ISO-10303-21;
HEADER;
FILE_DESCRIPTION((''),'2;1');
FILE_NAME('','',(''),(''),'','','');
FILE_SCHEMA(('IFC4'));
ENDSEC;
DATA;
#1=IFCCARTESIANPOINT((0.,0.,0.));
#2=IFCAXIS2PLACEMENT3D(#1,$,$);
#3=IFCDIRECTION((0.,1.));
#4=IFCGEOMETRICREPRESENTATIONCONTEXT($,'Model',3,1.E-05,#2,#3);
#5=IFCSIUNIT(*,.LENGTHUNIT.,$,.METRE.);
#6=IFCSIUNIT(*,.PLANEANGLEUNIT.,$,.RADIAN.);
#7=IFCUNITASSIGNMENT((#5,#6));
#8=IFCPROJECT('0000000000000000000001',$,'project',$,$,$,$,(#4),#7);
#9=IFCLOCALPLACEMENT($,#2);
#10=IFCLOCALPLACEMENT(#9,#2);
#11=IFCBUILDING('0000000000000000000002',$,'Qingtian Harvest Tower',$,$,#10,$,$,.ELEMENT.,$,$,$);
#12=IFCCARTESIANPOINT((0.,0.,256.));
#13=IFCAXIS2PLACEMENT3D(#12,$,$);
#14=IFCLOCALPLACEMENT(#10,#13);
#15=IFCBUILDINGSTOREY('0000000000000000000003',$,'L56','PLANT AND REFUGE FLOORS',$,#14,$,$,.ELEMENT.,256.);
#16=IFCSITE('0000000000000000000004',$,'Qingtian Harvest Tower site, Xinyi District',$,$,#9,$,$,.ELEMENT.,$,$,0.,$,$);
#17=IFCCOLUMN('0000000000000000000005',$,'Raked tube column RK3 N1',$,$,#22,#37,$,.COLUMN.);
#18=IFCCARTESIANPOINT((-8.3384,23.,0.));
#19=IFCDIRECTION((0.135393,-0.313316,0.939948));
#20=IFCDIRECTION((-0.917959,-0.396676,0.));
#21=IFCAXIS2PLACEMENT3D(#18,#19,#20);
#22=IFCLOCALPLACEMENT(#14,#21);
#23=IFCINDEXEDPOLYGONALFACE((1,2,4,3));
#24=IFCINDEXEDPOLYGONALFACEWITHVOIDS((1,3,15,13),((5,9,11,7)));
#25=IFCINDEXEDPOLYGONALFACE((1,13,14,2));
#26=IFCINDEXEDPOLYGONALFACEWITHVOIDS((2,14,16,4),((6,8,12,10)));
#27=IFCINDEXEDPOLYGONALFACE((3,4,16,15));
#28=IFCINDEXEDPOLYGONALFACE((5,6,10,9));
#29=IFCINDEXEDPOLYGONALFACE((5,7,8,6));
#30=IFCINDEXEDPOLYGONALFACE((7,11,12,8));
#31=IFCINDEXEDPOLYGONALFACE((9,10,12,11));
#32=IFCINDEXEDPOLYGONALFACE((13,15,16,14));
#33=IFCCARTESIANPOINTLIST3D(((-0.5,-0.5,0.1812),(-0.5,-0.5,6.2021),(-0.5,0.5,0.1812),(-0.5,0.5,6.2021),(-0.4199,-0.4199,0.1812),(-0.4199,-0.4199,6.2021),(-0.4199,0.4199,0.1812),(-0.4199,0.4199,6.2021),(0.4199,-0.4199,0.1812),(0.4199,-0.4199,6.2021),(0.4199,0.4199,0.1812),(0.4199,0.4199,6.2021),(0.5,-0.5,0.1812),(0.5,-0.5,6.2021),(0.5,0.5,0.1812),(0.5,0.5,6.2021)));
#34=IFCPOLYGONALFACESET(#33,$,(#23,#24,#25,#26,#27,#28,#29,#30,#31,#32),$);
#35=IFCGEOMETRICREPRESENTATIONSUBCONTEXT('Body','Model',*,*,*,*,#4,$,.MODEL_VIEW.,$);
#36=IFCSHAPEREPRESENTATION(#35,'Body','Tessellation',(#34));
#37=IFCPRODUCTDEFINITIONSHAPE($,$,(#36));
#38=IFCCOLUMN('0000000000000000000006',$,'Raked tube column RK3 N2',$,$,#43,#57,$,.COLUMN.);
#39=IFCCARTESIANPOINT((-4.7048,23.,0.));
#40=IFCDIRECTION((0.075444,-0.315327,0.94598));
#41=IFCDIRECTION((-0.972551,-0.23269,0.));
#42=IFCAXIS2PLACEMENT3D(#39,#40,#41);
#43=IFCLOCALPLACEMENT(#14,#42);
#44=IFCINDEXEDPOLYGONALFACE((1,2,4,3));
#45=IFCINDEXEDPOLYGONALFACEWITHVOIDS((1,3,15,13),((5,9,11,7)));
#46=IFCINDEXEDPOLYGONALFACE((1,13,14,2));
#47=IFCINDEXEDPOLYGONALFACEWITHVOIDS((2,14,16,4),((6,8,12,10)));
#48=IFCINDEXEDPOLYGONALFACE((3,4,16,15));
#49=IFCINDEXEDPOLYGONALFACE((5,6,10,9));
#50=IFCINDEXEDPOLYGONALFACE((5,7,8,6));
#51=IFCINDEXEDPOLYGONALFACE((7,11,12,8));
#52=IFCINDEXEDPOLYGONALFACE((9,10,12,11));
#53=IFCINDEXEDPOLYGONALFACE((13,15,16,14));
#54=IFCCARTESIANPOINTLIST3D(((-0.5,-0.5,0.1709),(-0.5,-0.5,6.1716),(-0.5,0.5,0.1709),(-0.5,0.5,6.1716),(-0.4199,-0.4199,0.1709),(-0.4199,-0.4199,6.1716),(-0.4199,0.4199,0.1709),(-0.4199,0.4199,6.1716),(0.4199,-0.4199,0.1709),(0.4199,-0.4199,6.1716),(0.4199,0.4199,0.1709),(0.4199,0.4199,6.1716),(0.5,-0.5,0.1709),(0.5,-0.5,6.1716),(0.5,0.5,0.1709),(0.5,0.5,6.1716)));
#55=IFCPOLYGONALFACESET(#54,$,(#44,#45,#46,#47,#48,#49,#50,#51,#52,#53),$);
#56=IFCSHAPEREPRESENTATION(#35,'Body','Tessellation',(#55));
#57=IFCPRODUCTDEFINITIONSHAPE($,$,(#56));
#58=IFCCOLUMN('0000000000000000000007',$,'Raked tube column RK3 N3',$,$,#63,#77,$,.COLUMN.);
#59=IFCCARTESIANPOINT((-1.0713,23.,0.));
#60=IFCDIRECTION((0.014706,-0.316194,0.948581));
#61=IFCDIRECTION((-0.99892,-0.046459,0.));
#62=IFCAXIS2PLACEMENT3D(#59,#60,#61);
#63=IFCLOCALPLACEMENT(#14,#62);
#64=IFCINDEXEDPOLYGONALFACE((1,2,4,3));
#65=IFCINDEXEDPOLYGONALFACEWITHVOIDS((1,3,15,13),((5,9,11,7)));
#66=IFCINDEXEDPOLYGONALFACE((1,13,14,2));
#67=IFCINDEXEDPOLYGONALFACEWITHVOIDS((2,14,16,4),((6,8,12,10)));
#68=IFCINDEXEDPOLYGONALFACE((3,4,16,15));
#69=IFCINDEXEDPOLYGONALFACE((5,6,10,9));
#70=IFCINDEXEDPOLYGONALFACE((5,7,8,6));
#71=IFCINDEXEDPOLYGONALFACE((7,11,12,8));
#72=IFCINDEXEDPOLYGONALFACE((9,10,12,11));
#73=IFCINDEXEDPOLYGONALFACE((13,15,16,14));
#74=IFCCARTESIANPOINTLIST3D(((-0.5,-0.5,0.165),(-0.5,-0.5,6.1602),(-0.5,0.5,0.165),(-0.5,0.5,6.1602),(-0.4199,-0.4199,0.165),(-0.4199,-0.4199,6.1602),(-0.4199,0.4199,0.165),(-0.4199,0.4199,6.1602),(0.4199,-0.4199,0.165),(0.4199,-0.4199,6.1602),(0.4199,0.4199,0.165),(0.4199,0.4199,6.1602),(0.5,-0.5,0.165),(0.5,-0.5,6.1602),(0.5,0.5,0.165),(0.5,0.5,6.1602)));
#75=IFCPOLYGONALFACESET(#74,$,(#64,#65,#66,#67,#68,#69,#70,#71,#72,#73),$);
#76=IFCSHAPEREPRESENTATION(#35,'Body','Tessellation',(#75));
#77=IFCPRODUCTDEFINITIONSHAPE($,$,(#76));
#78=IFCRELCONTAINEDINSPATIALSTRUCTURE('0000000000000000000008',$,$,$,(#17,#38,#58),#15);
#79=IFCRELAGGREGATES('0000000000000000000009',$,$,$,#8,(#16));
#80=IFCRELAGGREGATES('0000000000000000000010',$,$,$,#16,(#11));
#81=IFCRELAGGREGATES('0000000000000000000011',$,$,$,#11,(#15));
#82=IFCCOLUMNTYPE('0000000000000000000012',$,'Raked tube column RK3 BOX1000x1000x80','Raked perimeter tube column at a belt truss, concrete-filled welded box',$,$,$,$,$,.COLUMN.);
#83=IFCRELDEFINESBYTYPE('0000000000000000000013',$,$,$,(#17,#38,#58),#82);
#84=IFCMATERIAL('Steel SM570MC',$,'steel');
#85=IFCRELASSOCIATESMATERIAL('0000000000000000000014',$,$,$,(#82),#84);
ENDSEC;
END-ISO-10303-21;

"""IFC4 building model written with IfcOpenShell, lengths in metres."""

from ifc_helpers import new_model, si_unit, direction, frame, origin, origin_2d, place, context, subcontext, project, spatial, hollow_rectangle, extrude, clip, halfspace, material, material_profile, profile_set, type_object, element, save


model = new_model("IFC4")

# Units and contexts
model_context = context("Model", 3, precision=1e-05, world=origin(), true_north=direction((0.0, 1.0)))
body_context = subcontext(model_context, "Body", "Model", "MODEL_VIEW")
ifc_project = project(units=[si_unit("LENGTHUNIT", "METRE"), si_unit("PLANEANGLEUNIT", "RADIAN")], contexts=[model_context])

# Site, building, storey
site_placement = place(None, origin())
site = spatial("IfcSite", under=ifc_project, at=site_placement, Name="Qingtian Harvest Tower site, Xinyi District", CompositionType="ELEMENT", RefElevation=0.0)
building_placement = place(site_placement, origin())
building = spatial("IfcBuilding", under=site, at=building_placement, Name="Qingtian Harvest Tower", CompositionType="ELEMENT")
storey_placement = place(building_placement, frame((0.0, 0.0, 256.0)))
storey = spatial("IfcBuildingStorey", under=building, at=storey_placement, Name="L56", Description="PLANT AND REFUGE FLOORS", CompositionType="ELEMENT", Elevation=256.0)

# Columns
ifc_material_1 = material(Name="Steel SM570MC", Category="steel")
ifc_material_profile_1 = material_profile(ifc_material_1, hollow_rectangle(XDim=1.0, YDim=1.0, WallThickness=0.0801, at=origin_2d()), Name="BOX1000x1000x80")
ifc_profile_set_1 = profile_set([ifc_material_profile_1], Name="Steel SM570MC")
column_type = type_object("IfcColumnType", Name="Raked tube column RK3 BOX1000x1000x80", Description="Raked perimeter tube column at a belt truss, concrete-filled welded box", PredefinedType="COLUMN", material=ifc_profile_set_1)
column_1_placement = place(storey_placement, frame((-8.3384, 23.0, 0.0), z_axis=(0.135393, -0.313316, 0.939948), x_axis=(-0.917959, -0.396676, 0.0)))
element("IfcColumn", 1, at=column_1_placement, inside=storey, type_object=column_type, Name="Raked tube column RK3 N1", PredefinedType="COLUMN", context=body_context, shape_type="Clipping", body=[
    clip(clip(extrude(hollow_rectangle(XDim=1.0, YDim=1.0, WallThickness=0.0801, at=origin_2d()), origin(), (0.0, 0.0, 1.0), 6.3833), halfspace(frame((0.0, 0.0, 0.1812), z_axis=(0.0, 0.0, -1.0), x_axis=(0.0, -1.0, 0.0)), False)), halfspace(frame((0.0, 0.0, 6.2021), z_axis=(0.0, 0.0, 1.0), x_axis=(0.0, 1.0, 0.0)), False)),
])
column_2_placement = place(storey_placement, frame((-4.7048, 23.0, 0.0), z_axis=(0.075444, -0.315327, 0.94598), x_axis=(-0.972551, -0.23269, 0.0)))
element("IfcColumn", 2, at=column_2_placement, inside=storey, type_object=column_type, Name="Raked tube column RK3 N2", PredefinedType="COLUMN", context=body_context, shape_type="Clipping", body=[
    clip(clip(extrude(hollow_rectangle(XDim=1.0, YDim=1.0, WallThickness=0.0801, at=origin_2d()), origin(), (0.0, 0.0, 1.0), 6.3425), halfspace(frame((0.0, 0.0, 0.1709), z_axis=(0.0, 0.0, -1.0), x_axis=(0.0, -1.0, 0.0)), False)), halfspace(frame((0.0, 0.0, 6.1716), z_axis=(0.0, 0.0, 1.0), x_axis=(0.0, 1.0, 0.0)), False)),
])
column_3_placement = place(storey_placement, frame((-1.0713, 23.0, 0.0), z_axis=(0.014706, -0.316194, 0.948581), x_axis=(-0.99892, -0.046459, 0.0)))
element("IfcColumn", 3, at=column_3_placement, inside=storey, type_object=column_type, Name="Raked tube column RK3 N3", PredefinedType="COLUMN", context=body_context, shape_type="Clipping", body=[
    clip(clip(extrude(hollow_rectangle(XDim=1.0, YDim=1.0, WallThickness=0.0801, at=origin_2d()), origin(), (0.0, 0.0, 1.0), 6.3252), halfspace(frame((0.0, 0.0, 0.165), z_axis=(0.0, 0.0, -1.0), x_axis=(0.0, -1.0, 0.0)), False)), halfspace(frame((0.0, 0.0, 6.1602), z_axis=(0.0, 0.0, 1.0), x_axis=(0.0, 1.0, 0.0)), False)),
])

save(model, "model.ifc")
